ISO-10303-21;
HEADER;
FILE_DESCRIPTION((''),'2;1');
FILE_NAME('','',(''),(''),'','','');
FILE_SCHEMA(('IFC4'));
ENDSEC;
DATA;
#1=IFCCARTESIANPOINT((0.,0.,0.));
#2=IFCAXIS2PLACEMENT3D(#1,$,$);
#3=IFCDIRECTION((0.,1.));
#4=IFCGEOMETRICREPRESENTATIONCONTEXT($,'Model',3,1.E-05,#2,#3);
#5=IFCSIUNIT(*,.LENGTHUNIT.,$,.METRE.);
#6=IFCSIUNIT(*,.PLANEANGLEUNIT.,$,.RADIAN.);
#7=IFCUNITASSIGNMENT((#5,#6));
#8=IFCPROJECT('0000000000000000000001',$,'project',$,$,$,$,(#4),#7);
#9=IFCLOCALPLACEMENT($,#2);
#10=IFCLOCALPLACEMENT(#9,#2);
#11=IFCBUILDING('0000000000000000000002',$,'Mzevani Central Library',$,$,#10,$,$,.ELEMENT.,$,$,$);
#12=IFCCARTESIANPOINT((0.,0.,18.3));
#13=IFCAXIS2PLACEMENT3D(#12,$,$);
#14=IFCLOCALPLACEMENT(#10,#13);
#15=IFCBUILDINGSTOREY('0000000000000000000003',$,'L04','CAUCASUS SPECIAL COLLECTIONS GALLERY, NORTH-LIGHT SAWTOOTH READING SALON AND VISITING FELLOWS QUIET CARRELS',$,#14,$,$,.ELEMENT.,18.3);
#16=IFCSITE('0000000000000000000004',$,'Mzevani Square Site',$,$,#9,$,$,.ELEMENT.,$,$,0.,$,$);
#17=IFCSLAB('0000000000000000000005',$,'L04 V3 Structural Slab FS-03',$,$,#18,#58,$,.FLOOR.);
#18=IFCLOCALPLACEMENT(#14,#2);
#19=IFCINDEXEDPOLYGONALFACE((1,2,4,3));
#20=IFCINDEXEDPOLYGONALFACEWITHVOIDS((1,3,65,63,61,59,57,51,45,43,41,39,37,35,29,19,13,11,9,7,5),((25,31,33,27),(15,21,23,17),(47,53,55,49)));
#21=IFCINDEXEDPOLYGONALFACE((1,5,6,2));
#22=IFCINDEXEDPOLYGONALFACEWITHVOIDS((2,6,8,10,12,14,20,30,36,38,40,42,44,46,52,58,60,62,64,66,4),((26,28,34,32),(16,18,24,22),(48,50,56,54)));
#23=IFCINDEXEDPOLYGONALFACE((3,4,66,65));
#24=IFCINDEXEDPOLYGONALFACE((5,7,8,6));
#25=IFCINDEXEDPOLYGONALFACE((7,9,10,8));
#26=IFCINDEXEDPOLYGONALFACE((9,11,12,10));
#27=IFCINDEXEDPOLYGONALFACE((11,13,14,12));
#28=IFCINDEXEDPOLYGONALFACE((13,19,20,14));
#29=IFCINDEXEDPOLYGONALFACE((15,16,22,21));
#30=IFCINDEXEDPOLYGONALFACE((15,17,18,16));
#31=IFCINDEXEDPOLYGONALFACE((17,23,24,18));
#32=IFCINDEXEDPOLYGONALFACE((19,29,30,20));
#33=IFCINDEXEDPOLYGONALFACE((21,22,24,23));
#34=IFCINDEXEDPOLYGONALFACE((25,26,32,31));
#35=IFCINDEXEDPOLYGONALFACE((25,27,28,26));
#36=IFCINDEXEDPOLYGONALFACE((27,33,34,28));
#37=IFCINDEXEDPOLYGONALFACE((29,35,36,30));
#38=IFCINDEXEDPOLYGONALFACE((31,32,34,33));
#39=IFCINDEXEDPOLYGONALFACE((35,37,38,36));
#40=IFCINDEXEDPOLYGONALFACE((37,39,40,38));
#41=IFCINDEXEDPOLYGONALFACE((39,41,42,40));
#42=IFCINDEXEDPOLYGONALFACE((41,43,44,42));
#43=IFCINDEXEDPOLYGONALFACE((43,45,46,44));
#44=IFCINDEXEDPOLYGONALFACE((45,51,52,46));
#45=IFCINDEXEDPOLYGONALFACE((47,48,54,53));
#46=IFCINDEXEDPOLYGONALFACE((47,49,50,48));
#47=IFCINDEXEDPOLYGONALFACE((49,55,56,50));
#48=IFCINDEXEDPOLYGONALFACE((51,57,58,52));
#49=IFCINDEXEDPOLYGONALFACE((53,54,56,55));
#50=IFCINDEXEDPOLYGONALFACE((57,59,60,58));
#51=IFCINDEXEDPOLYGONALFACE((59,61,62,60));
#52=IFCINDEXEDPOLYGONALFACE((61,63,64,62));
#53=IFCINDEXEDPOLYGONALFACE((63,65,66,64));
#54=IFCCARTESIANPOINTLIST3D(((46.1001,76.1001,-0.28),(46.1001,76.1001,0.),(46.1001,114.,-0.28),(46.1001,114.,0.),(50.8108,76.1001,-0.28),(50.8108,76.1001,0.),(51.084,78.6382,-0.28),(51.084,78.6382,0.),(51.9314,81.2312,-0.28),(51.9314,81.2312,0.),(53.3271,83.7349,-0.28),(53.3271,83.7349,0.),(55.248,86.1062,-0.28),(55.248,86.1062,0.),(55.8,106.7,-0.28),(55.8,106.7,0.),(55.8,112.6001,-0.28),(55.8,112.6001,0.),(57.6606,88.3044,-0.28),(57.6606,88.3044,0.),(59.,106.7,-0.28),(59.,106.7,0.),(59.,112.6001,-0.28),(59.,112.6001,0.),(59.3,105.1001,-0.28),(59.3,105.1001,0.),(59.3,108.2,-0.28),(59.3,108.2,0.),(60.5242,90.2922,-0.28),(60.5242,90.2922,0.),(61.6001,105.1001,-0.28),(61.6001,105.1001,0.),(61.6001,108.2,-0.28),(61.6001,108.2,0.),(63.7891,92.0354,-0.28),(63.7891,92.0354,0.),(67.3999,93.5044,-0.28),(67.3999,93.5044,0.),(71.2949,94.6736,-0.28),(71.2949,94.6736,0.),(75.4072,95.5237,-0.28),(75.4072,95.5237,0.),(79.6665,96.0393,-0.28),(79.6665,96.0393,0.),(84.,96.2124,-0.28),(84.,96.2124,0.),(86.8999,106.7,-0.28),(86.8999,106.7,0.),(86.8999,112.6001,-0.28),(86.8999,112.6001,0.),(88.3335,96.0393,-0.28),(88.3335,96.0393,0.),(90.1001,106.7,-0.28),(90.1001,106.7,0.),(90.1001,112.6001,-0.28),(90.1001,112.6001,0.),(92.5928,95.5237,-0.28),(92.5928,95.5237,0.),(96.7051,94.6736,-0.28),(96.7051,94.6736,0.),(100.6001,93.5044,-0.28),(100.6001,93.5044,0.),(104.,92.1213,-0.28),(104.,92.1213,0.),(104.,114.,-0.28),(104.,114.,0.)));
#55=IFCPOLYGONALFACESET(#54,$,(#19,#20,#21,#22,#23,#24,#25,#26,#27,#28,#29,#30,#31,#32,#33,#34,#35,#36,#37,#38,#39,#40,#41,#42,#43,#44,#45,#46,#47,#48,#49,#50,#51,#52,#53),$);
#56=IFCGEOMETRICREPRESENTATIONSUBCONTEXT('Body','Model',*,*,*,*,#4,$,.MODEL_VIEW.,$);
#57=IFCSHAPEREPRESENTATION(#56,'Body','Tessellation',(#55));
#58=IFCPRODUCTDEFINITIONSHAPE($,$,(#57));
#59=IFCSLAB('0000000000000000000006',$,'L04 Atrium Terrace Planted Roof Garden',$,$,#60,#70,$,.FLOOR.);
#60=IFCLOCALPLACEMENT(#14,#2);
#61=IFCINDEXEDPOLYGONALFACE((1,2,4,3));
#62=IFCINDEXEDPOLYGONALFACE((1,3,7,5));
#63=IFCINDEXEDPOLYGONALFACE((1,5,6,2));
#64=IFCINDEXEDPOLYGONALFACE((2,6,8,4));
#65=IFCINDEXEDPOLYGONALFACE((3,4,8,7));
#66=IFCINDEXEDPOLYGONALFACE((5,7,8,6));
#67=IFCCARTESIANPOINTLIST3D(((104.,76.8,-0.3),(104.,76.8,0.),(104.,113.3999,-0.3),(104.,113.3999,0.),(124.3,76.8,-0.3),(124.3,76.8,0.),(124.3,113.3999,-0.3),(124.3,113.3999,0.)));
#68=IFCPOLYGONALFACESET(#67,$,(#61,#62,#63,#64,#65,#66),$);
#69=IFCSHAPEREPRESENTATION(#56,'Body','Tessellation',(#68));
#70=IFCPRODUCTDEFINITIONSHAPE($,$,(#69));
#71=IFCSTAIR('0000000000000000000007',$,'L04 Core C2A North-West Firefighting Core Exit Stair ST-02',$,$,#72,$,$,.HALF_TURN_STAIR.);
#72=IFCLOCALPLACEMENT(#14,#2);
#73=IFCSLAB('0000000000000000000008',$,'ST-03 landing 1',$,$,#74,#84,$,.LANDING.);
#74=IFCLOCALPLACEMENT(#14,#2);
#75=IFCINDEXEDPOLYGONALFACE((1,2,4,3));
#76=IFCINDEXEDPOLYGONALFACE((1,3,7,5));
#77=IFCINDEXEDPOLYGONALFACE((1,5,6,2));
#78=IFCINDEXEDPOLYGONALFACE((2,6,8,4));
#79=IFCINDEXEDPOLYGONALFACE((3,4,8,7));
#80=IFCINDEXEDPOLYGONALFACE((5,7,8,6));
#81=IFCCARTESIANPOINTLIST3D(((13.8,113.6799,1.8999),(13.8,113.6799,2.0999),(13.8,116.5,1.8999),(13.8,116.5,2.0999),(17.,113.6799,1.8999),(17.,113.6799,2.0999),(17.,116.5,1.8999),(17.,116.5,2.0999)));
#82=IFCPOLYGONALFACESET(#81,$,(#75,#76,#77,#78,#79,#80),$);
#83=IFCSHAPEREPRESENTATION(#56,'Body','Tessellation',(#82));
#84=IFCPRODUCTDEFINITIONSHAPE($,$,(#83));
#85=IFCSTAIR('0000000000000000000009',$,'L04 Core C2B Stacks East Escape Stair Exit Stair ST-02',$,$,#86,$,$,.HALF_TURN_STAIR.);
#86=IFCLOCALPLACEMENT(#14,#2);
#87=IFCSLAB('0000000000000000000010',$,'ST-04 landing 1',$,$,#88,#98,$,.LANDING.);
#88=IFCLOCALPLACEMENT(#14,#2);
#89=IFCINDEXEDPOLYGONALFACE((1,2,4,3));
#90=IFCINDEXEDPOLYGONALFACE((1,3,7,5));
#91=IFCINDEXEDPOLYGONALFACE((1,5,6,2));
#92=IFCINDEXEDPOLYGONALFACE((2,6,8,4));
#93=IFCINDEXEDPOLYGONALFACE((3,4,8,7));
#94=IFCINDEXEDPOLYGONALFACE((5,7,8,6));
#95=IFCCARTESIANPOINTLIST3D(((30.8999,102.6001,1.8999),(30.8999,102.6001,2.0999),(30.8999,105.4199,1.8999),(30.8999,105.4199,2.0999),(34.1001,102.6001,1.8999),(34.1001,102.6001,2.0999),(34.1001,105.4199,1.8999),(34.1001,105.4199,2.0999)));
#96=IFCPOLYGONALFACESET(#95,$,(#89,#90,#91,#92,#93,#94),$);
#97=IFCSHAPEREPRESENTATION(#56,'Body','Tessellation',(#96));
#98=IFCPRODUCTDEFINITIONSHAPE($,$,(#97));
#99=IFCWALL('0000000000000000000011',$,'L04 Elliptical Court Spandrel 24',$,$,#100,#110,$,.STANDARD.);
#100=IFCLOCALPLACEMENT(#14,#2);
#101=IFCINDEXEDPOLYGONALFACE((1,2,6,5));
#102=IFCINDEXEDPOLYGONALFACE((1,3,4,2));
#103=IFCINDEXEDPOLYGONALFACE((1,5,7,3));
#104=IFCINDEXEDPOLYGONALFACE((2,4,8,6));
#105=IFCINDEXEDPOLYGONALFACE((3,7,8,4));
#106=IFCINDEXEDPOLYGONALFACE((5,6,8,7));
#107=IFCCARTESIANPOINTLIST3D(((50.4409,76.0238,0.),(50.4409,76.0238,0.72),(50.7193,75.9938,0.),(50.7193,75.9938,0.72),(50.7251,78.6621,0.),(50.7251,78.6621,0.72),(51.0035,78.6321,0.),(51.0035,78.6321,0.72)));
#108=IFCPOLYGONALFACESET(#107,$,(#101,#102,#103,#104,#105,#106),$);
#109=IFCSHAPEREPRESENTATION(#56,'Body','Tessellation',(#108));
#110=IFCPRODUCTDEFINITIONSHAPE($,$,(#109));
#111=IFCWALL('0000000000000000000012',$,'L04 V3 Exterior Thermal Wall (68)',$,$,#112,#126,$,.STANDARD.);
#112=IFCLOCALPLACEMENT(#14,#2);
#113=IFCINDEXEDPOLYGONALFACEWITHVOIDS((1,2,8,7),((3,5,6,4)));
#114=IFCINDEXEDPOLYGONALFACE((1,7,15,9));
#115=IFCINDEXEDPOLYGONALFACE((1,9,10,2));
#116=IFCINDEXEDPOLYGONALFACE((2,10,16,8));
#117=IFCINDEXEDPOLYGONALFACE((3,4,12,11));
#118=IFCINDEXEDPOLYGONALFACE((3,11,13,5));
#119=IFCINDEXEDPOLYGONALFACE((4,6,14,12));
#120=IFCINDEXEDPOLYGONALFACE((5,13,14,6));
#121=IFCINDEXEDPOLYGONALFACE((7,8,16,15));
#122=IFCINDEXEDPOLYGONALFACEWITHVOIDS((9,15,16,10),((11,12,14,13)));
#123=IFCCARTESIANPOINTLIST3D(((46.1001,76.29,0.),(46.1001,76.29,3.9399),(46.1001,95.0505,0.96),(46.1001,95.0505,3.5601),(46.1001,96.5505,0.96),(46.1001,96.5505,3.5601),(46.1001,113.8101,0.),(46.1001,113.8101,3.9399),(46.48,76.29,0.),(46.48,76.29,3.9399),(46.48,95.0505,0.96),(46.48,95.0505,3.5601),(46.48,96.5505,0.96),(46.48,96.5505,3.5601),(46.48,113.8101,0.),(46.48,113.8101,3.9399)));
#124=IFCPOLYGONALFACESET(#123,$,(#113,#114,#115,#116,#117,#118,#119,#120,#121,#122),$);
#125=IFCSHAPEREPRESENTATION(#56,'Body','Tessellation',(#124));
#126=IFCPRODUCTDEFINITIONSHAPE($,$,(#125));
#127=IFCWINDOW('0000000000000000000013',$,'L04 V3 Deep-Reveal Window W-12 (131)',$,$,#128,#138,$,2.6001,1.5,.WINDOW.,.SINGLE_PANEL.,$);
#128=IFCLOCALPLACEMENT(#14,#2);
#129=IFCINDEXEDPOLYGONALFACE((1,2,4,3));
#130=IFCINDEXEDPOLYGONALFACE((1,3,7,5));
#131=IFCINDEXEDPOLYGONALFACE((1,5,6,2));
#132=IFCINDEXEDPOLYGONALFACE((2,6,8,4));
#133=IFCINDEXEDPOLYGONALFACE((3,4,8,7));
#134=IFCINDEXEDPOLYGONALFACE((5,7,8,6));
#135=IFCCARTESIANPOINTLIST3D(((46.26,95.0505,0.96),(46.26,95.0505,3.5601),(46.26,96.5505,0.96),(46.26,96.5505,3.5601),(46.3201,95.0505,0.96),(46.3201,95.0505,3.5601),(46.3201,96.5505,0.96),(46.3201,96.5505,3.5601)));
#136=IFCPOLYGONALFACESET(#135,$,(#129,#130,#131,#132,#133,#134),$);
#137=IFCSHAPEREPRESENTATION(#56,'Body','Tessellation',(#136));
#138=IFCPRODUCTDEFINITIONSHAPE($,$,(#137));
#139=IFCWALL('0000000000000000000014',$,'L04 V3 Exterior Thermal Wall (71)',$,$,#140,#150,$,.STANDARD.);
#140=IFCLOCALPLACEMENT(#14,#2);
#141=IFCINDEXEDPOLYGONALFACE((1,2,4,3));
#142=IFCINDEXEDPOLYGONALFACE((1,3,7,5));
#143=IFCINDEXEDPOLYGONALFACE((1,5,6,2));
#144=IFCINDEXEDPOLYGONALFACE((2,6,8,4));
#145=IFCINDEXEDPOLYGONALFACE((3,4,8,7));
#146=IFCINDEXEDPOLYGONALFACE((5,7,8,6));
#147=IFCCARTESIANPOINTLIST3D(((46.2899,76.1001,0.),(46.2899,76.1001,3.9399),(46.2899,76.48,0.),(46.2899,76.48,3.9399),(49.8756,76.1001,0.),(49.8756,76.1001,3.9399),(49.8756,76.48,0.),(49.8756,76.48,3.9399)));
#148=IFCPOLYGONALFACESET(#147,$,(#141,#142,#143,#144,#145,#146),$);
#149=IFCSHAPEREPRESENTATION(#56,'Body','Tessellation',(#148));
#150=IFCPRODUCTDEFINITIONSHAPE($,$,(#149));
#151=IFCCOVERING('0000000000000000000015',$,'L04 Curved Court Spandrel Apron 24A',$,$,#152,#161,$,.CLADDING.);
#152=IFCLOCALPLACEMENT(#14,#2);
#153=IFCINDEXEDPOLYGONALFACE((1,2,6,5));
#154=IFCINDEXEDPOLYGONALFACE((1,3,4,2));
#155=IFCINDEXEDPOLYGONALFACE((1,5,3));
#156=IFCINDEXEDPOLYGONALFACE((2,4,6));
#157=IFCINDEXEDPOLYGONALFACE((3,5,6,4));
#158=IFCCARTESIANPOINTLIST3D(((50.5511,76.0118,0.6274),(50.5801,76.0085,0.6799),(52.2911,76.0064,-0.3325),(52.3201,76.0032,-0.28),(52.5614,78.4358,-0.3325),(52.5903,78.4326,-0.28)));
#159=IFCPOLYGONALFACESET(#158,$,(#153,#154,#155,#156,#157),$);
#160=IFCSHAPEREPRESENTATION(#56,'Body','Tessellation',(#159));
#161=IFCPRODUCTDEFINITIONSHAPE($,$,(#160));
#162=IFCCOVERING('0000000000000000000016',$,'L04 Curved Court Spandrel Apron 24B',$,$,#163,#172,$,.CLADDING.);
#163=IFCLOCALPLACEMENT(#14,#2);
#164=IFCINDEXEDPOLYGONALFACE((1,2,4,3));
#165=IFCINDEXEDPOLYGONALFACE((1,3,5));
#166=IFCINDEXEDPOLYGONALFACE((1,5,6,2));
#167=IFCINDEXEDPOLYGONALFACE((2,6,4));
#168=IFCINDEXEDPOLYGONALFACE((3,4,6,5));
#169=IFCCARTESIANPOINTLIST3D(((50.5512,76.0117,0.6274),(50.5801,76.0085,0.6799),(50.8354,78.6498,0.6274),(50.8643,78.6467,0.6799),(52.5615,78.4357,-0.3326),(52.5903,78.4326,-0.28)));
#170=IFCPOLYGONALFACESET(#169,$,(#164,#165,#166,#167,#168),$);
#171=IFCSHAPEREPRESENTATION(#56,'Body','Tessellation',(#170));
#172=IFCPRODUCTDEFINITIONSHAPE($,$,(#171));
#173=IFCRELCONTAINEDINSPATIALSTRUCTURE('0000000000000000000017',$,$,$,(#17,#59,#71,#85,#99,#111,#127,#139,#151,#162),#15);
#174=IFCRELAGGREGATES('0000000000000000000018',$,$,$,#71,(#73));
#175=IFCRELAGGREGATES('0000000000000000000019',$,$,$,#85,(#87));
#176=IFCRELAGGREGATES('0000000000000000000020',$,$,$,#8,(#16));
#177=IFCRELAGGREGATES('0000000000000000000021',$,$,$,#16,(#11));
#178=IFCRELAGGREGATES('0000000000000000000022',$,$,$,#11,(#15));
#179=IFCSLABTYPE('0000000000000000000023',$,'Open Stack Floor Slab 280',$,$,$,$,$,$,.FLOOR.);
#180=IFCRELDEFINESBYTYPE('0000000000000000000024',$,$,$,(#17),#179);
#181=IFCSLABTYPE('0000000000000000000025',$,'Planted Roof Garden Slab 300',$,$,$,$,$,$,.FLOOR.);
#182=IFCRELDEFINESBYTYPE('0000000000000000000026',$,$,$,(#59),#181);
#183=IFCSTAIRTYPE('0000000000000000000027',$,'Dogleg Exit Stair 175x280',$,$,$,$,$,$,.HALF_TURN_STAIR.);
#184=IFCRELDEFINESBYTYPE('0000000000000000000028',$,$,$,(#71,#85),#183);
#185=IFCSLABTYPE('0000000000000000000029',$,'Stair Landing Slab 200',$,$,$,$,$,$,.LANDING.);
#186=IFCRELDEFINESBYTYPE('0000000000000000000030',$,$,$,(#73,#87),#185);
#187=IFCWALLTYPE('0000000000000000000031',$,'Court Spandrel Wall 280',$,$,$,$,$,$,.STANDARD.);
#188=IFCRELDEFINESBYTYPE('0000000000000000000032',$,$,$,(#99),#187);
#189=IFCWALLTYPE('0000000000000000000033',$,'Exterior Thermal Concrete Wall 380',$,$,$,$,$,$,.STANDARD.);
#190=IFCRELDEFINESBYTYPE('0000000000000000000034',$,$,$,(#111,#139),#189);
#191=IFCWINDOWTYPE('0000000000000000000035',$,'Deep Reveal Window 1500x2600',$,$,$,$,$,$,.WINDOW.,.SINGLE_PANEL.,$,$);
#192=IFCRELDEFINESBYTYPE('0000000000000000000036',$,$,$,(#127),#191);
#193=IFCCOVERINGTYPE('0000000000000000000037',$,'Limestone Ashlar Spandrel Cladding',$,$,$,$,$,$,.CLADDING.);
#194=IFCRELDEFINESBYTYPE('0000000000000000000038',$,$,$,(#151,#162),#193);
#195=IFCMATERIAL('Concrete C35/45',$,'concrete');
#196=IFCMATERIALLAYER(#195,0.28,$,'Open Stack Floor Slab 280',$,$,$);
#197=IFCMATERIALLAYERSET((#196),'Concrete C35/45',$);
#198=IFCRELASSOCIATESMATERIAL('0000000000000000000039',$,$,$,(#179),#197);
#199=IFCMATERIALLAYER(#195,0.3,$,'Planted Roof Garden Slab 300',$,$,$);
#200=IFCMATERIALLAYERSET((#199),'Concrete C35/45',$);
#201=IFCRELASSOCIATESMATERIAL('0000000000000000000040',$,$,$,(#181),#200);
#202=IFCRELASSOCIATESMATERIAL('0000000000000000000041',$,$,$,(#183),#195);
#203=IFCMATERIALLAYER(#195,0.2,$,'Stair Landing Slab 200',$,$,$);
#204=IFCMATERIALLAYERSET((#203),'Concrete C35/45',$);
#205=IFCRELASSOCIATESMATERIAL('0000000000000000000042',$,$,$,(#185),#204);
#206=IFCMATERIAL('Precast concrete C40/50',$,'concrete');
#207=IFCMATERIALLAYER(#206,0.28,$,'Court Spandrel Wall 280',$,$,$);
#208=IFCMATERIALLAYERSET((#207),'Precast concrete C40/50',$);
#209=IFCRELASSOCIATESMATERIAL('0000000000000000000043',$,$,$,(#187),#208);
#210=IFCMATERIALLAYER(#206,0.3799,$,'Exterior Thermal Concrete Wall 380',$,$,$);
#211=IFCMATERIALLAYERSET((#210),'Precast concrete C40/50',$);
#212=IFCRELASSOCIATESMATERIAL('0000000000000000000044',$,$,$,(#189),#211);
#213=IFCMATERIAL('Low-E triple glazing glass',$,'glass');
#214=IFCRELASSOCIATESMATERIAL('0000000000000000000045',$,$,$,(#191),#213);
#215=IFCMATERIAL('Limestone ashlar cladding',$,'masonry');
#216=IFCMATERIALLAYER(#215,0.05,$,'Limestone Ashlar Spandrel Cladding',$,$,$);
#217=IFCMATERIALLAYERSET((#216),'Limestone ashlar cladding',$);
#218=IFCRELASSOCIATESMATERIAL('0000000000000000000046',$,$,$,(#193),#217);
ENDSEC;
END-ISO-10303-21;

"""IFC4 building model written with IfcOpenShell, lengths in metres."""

from ifc_helpers import new_model, si_unit, direction, frame, frame_2d, origin, place, context, subcontext, project, spatial, polyline, rectangle, outline, extrude, material, layer, layer_set, type_object, element, fill, aggregate, save


model = new_model("IFC4")

# Units and contexts
model_context = context("Model", 3, precision=1e-05, world=origin(), true_north=direction((0.0, 1.0)))
body_context = subcontext(model_context, "Body", "Model", "MODEL_VIEW")
ifc_project = project(units=[si_unit("LENGTHUNIT", "METRE"), si_unit("PLANEANGLEUNIT", "RADIAN")], contexts=[model_context])

# Site, building, storey
site_placement = place(None, origin())
site = spatial("IfcSite", under=ifc_project, at=site_placement, Name="Mzevani Square Site", CompositionType="ELEMENT", RefElevation=0.0)
building_placement = place(site_placement, origin())
building = spatial("IfcBuilding", under=site, at=building_placement, Name="Mzevani Central Library", CompositionType="ELEMENT")
storey_placement = place(building_placement, frame((0.0, 0.0, 18.3)))
storey = spatial("IfcBuildingStorey", under=building, at=storey_placement, Name="L04", Description="CAUCASUS SPECIAL COLLECTIONS GALLERY, NORTH-LIGHT SAWTOOTH READING SALON AND VISITING FELLOWS QUIET CARRELS", CompositionType="ELEMENT", Elevation=18.3)

# Shared definitions
ifc_material_1 = material(Name="Concrete C35/45", Category="concrete")

# Shared definitions
ifc_material_2 = material(Name="Low-E triple glazing glass", Category="glass")

# Slabs
ifc_layer_1 = layer(ifc_material_1, 0.28, Name="Open Stack Floor Slab 280")
ifc_layer_set_1 = layer_set([ifc_layer_1], Name="Concrete C35/45")
slab_type_1 = type_object("IfcSlabType", Name="Open Stack Floor Slab 280", PredefinedType="FLOOR", material=ifc_layer_set_1)
slab_1_placement = place(storey_placement, frame((0.0, 0.0, -0.28)))
element("IfcSlab", 1, at=slab_1_placement, inside=storey, type_object=slab_type_1, Name="L04 V3 Structural Slab FS-03", PredefinedType="FLOOR", context=body_context, shape_type="SweptSolid", body=[
    extrude(outline(polyline([(46.1001, 76.1001), (46.1001, 114.0), (104.0, 114.0), (104.0, 92.1213), (100.6001, 93.5044), (96.7051, 94.6736), (92.5928, 95.5237), (88.3335, 96.0393), (84.0, 96.2124), (79.6665, 96.0393), (75.4072, 95.5237), (71.2949, 94.6736), (67.3999, 93.5044), (63.7891, 92.0354), (60.5242, 90.2922), (57.6606, 88.3044), (55.248, 86.1062), (53.3271, 83.7349), (51.9314, 81.2312), (51.084, 78.6382), (50.8108, 76.1001), (46.1001, 76.1001)]), holes=[polyline([(59.0, 106.7), (59.0, 112.6001), (55.8, 112.6001), (55.8, 106.7), (59.0, 106.7)]), polyline([(59.3, 105.1001), (61.6001, 105.1001), (61.6001, 108.2), (59.3, 108.2), (59.3, 105.1001)]), polyline([(90.1001, 106.7), (90.1001, 112.6001), (86.8999, 112.6001), (86.8999, 106.7), (90.1001, 106.7)])]), origin(), (0.0, 0.0, 1.0), 0.28),
])
ifc_layer_2 = layer(ifc_material_1, 0.3, Name="Planted Roof Garden Slab 300")
ifc_layer_set_2 = layer_set([ifc_layer_2], Name="Concrete C35/45")
slab_type_2 = type_object("IfcSlabType", Name="Planted Roof Garden Slab 300", PredefinedType="FLOOR", material=ifc_layer_set_2)
slab_2_placement = place(storey_placement, frame((0.0, 0.0, -0.3)))
element("IfcSlab", 2, at=slab_2_placement, inside=storey, type_object=slab_type_2, Name="L04 Atrium Terrace Planted Roof Garden", PredefinedType="FLOOR", context=body_context, shape_type="SweptSolid", body=[
    extrude(outline(polyline([(104.0, 76.8), (104.0, 113.3999), (124.3, 113.3999), (124.3, 76.8), (104.0, 76.8)])), origin(), (0.0, 0.0, 1.0), 0.3),
])

# Stairs, slabs
stair_type = type_object("IfcStairType", Name="Dogleg Exit Stair 175x280", PredefinedType="HALF_TURN_STAIR", material=ifc_material_1)
stair_1_placement = place(storey_placement, origin())
stair_1 = element("IfcStair", 3, at=stair_1_placement, inside=storey, type_object=stair_type, Name="L04 Core C2A North-West Firefighting Core Exit Stair ST-02", PredefinedType="HALF_TURN_STAIR")
ifc_layer_3 = layer(ifc_material_1, 0.2, Name="Stair Landing Slab 200")
ifc_layer_set_3 = layer_set([ifc_layer_3], Name="Concrete C35/45")
slab_type_3 = type_object("IfcSlabType", Name="Stair Landing Slab 200", PredefinedType="LANDING", material=ifc_layer_set_3)
slab_3_placement = place(storey_placement, frame((0.0, 0.0, 1.8999)))
slab_3 = element("IfcSlab", 4, at=slab_3_placement, type_object=slab_type_3, Name="ST-03 landing 1", PredefinedType="LANDING", context=body_context, shape_type="SweptSolid", body=[
    extrude(outline(polyline([(17.0, 113.6799), (17.0, 116.5), (13.8, 116.5), (13.8, 113.6799), (17.0, 113.6799)])), origin(), (0.0, 0.0, 1.0), 0.2),
])
aggregate(stair_1, [slab_3])
stair_2_placement = place(storey_placement, origin())
stair_2 = element("IfcStair", 5, at=stair_2_placement, inside=storey, type_object=stair_type, Name="L04 Core C2B Stacks East Escape Stair Exit Stair ST-02", PredefinedType="HALF_TURN_STAIR")
slab_4_placement = place(storey_placement, frame((0.0, 0.0, 1.8999)))
slab_4 = element("IfcSlab", 6, at=slab_4_placement, type_object=slab_type_3, Name="ST-04 landing 1", PredefinedType="LANDING", context=body_context, shape_type="SweptSolid", body=[
    extrude(outline(polyline([(30.8999, 105.4199), (30.8999, 102.6001), (34.1001, 102.6001), (34.1001, 105.4199), (30.8999, 105.4199)])), origin(), (0.0, 0.0, 1.0), 0.2),
])
aggregate(stair_2, [slab_4])

# Wall
ifc_material_3 = material(Name="Precast concrete C40/50", Category="concrete")
ifc_layer_4 = layer(ifc_material_3, 0.28, Name="Court Spandrel Wall 280")
ifc_layer_set_4 = layer_set([ifc_layer_4], Name="Precast concrete C40/50")
wall_type_1 = type_object("IfcWallType", Name="Court Spandrel Wall 280", PredefinedType="STANDARD", material=ifc_layer_set_4)
wall_1_placement = place(storey_placement, frame((50.8643, 78.647, 0.0), z_axis=(0.0, 0.0, 1.0), x_axis=(-0.107098, -0.994248, 0.0)))
element("IfcWall", 7, at=wall_1_placement, inside=storey, type_object=wall_type_1, Name="L04 Elliptical Court Spandrel 24", PredefinedType="STANDARD", context=body_context, shape_type="SweptSolid", body=[
    extrude(rectangle(XDim=2.6536, YDim=0.28, at=frame_2d((1.3267, 0.0))), origin(), (0.0, 0.0, 1.0), 0.72),
])

# Wall, opening, window
ifc_layer_5 = layer(ifc_material_3, 0.3799, Name="Exterior Thermal Concrete Wall 380")
ifc_layer_set_5 = layer_set([ifc_layer_5], Name="Precast concrete C40/50")
wall_type_2 = type_object("IfcWallType", Name="Exterior Thermal Concrete Wall 380", PredefinedType="STANDARD", material=ifc_layer_set_5)
wall_2_placement = place(storey_placement, frame((46.29, 76.29, 0.0), z_axis=(0.0, 0.0, 1.0), x_axis=(0.0, 1.0, 0.0)))
wall_2 = element("IfcWall", 8, at=wall_2_placement, inside=storey, type_object=wall_type_2, Name="L04 V3 Exterior Thermal Wall (68)", PredefinedType="STANDARD", context=body_context, shape_type="SweptSolid", body=[
    extrude(rectangle(XDim=37.52, YDim=0.3799, at=frame_2d((18.76, 0.0))), origin(), (0.0, 0.0, 1.0), 3.9399),
])
opening_placement = place(wall_2_placement, frame((18.7605, 0.0, 0.96)))
opening = element("IfcOpeningElement", 9, at=opening_placement, cuts=wall_2, PredefinedType="OPENING", context=body_context, shape_type="SweptSolid", body=[
    extrude(rectangle(XDim=1.5, YDim=2.6001, at=frame_2d((0.75, 1.3))), frame((0.0, 0.2, 0.0), z_axis=(0.0, -1.0, 0.0), x_axis=(1.0, 0.0, 0.0)), (0.0, 0.0, 1.0), 0.3999),
])
window_type = type_object("IfcWindowType", Name="Deep Reveal Window 1500x2600", PartitioningType="SINGLE_PANEL", PredefinedType="WINDOW", material=ifc_material_2)
window_placement = place(opening_placement, origin())
window = element("IfcWindow", 10, at=window_placement, inside=storey, type_object=window_type, Name="L04 V3 Deep-Reveal Window W-12 (131)", OverallHeight=2.6001, OverallWidth=1.5, PartitioningType="SINGLE_PANEL", PredefinedType="WINDOW", context=body_context, shape_type="SweptSolid", body=[
    extrude(rectangle(XDim=1.5, YDim=2.6001, at=frame_2d((0.75, 1.3))), frame((0.0, 0.03, 0.0), z_axis=(0.0, -1.0, 0.0), x_axis=(1.0, 0.0, 0.0)), (0.0, 0.0, 1.0), 0.0601),
])
fill(opening, window)

# Wall
wall_3_placement = place(storey_placement, frame((49.8757, 76.29, 0.0), z_axis=(0.0, 0.0, 1.0), x_axis=(-1.0, 0.0, 0.0)))
element("IfcWall", 11, at=wall_3_placement, inside=storey, type_object=wall_type_2, Name="L04 V3 Exterior Thermal Wall (71)", PredefinedType="STANDARD", context=body_context, shape_type="SweptSolid", body=[
    extrude(rectangle(XDim=3.5857, YDim=0.3799, at=frame_2d((1.793, 0.0))), origin(), (0.0, 0.0, 1.0), 3.9399),
])

# Coverings
ifc_material_4 = material(Name="Limestone ashlar cladding", Category="masonry")
ifc_layer_6 = layer(ifc_material_4, 0.05, Name="Limestone Ashlar Spandrel Cladding")
ifc_layer_set_6 = layer_set([ifc_layer_6], Name="Limestone ashlar cladding")
covering_type_1 = type_object("IfcCoveringType", Name="Limestone Ashlar Spandrel Cladding", PredefinedType="CLADDING", material=ifc_layer_set_6)
covering_1_placement = place(storey_placement, frame((52.5903, 78.4326, -0.28), z_axis=(0.482242, -0.053647, 0.874394), x_axis=(-0.110563, -0.993869, 0.0)))
element("IfcCovering", 12, at=covering_1_placement, inside=storey, type_object=covering_type_1, Name="L04 Curved Court Spandrel Apron 24A", PredefinedType="CLADDING", context=body_context, shape_type="SweptSolid", body=[
    extrude(outline(polyline([(0.0, 0.0), (2.4444, 0.0), (2.6315, -1.9784), (0.0, 0.0)])), origin(), (0.0, 0.0, -1.0), 0.0601),
])
covering_2_placement = place(storey_placement, frame((52.5903, 78.4326, -0.28), z_axis=(0.480479, -0.051756, 0.875478), x_axis=(-0.610606, -0.736301, 0.291584)))
element("IfcCovering", 13, at=covering_2_placement, inside=storey, type_object=covering_type_1, Name="L04 Curved Court Spandrel Apron 24B", PredefinedType="CLADDING", context=body_context, shape_type="SweptSolid", body=[
    extrude(outline(polyline([(0.0, 0.0), (3.2922, 0.0), (1.1762, -1.601), (0.0, 0.0)])), origin(), (0.0, 0.0, -1.0), 0.0601),
])

save(model, "model.ifc")
